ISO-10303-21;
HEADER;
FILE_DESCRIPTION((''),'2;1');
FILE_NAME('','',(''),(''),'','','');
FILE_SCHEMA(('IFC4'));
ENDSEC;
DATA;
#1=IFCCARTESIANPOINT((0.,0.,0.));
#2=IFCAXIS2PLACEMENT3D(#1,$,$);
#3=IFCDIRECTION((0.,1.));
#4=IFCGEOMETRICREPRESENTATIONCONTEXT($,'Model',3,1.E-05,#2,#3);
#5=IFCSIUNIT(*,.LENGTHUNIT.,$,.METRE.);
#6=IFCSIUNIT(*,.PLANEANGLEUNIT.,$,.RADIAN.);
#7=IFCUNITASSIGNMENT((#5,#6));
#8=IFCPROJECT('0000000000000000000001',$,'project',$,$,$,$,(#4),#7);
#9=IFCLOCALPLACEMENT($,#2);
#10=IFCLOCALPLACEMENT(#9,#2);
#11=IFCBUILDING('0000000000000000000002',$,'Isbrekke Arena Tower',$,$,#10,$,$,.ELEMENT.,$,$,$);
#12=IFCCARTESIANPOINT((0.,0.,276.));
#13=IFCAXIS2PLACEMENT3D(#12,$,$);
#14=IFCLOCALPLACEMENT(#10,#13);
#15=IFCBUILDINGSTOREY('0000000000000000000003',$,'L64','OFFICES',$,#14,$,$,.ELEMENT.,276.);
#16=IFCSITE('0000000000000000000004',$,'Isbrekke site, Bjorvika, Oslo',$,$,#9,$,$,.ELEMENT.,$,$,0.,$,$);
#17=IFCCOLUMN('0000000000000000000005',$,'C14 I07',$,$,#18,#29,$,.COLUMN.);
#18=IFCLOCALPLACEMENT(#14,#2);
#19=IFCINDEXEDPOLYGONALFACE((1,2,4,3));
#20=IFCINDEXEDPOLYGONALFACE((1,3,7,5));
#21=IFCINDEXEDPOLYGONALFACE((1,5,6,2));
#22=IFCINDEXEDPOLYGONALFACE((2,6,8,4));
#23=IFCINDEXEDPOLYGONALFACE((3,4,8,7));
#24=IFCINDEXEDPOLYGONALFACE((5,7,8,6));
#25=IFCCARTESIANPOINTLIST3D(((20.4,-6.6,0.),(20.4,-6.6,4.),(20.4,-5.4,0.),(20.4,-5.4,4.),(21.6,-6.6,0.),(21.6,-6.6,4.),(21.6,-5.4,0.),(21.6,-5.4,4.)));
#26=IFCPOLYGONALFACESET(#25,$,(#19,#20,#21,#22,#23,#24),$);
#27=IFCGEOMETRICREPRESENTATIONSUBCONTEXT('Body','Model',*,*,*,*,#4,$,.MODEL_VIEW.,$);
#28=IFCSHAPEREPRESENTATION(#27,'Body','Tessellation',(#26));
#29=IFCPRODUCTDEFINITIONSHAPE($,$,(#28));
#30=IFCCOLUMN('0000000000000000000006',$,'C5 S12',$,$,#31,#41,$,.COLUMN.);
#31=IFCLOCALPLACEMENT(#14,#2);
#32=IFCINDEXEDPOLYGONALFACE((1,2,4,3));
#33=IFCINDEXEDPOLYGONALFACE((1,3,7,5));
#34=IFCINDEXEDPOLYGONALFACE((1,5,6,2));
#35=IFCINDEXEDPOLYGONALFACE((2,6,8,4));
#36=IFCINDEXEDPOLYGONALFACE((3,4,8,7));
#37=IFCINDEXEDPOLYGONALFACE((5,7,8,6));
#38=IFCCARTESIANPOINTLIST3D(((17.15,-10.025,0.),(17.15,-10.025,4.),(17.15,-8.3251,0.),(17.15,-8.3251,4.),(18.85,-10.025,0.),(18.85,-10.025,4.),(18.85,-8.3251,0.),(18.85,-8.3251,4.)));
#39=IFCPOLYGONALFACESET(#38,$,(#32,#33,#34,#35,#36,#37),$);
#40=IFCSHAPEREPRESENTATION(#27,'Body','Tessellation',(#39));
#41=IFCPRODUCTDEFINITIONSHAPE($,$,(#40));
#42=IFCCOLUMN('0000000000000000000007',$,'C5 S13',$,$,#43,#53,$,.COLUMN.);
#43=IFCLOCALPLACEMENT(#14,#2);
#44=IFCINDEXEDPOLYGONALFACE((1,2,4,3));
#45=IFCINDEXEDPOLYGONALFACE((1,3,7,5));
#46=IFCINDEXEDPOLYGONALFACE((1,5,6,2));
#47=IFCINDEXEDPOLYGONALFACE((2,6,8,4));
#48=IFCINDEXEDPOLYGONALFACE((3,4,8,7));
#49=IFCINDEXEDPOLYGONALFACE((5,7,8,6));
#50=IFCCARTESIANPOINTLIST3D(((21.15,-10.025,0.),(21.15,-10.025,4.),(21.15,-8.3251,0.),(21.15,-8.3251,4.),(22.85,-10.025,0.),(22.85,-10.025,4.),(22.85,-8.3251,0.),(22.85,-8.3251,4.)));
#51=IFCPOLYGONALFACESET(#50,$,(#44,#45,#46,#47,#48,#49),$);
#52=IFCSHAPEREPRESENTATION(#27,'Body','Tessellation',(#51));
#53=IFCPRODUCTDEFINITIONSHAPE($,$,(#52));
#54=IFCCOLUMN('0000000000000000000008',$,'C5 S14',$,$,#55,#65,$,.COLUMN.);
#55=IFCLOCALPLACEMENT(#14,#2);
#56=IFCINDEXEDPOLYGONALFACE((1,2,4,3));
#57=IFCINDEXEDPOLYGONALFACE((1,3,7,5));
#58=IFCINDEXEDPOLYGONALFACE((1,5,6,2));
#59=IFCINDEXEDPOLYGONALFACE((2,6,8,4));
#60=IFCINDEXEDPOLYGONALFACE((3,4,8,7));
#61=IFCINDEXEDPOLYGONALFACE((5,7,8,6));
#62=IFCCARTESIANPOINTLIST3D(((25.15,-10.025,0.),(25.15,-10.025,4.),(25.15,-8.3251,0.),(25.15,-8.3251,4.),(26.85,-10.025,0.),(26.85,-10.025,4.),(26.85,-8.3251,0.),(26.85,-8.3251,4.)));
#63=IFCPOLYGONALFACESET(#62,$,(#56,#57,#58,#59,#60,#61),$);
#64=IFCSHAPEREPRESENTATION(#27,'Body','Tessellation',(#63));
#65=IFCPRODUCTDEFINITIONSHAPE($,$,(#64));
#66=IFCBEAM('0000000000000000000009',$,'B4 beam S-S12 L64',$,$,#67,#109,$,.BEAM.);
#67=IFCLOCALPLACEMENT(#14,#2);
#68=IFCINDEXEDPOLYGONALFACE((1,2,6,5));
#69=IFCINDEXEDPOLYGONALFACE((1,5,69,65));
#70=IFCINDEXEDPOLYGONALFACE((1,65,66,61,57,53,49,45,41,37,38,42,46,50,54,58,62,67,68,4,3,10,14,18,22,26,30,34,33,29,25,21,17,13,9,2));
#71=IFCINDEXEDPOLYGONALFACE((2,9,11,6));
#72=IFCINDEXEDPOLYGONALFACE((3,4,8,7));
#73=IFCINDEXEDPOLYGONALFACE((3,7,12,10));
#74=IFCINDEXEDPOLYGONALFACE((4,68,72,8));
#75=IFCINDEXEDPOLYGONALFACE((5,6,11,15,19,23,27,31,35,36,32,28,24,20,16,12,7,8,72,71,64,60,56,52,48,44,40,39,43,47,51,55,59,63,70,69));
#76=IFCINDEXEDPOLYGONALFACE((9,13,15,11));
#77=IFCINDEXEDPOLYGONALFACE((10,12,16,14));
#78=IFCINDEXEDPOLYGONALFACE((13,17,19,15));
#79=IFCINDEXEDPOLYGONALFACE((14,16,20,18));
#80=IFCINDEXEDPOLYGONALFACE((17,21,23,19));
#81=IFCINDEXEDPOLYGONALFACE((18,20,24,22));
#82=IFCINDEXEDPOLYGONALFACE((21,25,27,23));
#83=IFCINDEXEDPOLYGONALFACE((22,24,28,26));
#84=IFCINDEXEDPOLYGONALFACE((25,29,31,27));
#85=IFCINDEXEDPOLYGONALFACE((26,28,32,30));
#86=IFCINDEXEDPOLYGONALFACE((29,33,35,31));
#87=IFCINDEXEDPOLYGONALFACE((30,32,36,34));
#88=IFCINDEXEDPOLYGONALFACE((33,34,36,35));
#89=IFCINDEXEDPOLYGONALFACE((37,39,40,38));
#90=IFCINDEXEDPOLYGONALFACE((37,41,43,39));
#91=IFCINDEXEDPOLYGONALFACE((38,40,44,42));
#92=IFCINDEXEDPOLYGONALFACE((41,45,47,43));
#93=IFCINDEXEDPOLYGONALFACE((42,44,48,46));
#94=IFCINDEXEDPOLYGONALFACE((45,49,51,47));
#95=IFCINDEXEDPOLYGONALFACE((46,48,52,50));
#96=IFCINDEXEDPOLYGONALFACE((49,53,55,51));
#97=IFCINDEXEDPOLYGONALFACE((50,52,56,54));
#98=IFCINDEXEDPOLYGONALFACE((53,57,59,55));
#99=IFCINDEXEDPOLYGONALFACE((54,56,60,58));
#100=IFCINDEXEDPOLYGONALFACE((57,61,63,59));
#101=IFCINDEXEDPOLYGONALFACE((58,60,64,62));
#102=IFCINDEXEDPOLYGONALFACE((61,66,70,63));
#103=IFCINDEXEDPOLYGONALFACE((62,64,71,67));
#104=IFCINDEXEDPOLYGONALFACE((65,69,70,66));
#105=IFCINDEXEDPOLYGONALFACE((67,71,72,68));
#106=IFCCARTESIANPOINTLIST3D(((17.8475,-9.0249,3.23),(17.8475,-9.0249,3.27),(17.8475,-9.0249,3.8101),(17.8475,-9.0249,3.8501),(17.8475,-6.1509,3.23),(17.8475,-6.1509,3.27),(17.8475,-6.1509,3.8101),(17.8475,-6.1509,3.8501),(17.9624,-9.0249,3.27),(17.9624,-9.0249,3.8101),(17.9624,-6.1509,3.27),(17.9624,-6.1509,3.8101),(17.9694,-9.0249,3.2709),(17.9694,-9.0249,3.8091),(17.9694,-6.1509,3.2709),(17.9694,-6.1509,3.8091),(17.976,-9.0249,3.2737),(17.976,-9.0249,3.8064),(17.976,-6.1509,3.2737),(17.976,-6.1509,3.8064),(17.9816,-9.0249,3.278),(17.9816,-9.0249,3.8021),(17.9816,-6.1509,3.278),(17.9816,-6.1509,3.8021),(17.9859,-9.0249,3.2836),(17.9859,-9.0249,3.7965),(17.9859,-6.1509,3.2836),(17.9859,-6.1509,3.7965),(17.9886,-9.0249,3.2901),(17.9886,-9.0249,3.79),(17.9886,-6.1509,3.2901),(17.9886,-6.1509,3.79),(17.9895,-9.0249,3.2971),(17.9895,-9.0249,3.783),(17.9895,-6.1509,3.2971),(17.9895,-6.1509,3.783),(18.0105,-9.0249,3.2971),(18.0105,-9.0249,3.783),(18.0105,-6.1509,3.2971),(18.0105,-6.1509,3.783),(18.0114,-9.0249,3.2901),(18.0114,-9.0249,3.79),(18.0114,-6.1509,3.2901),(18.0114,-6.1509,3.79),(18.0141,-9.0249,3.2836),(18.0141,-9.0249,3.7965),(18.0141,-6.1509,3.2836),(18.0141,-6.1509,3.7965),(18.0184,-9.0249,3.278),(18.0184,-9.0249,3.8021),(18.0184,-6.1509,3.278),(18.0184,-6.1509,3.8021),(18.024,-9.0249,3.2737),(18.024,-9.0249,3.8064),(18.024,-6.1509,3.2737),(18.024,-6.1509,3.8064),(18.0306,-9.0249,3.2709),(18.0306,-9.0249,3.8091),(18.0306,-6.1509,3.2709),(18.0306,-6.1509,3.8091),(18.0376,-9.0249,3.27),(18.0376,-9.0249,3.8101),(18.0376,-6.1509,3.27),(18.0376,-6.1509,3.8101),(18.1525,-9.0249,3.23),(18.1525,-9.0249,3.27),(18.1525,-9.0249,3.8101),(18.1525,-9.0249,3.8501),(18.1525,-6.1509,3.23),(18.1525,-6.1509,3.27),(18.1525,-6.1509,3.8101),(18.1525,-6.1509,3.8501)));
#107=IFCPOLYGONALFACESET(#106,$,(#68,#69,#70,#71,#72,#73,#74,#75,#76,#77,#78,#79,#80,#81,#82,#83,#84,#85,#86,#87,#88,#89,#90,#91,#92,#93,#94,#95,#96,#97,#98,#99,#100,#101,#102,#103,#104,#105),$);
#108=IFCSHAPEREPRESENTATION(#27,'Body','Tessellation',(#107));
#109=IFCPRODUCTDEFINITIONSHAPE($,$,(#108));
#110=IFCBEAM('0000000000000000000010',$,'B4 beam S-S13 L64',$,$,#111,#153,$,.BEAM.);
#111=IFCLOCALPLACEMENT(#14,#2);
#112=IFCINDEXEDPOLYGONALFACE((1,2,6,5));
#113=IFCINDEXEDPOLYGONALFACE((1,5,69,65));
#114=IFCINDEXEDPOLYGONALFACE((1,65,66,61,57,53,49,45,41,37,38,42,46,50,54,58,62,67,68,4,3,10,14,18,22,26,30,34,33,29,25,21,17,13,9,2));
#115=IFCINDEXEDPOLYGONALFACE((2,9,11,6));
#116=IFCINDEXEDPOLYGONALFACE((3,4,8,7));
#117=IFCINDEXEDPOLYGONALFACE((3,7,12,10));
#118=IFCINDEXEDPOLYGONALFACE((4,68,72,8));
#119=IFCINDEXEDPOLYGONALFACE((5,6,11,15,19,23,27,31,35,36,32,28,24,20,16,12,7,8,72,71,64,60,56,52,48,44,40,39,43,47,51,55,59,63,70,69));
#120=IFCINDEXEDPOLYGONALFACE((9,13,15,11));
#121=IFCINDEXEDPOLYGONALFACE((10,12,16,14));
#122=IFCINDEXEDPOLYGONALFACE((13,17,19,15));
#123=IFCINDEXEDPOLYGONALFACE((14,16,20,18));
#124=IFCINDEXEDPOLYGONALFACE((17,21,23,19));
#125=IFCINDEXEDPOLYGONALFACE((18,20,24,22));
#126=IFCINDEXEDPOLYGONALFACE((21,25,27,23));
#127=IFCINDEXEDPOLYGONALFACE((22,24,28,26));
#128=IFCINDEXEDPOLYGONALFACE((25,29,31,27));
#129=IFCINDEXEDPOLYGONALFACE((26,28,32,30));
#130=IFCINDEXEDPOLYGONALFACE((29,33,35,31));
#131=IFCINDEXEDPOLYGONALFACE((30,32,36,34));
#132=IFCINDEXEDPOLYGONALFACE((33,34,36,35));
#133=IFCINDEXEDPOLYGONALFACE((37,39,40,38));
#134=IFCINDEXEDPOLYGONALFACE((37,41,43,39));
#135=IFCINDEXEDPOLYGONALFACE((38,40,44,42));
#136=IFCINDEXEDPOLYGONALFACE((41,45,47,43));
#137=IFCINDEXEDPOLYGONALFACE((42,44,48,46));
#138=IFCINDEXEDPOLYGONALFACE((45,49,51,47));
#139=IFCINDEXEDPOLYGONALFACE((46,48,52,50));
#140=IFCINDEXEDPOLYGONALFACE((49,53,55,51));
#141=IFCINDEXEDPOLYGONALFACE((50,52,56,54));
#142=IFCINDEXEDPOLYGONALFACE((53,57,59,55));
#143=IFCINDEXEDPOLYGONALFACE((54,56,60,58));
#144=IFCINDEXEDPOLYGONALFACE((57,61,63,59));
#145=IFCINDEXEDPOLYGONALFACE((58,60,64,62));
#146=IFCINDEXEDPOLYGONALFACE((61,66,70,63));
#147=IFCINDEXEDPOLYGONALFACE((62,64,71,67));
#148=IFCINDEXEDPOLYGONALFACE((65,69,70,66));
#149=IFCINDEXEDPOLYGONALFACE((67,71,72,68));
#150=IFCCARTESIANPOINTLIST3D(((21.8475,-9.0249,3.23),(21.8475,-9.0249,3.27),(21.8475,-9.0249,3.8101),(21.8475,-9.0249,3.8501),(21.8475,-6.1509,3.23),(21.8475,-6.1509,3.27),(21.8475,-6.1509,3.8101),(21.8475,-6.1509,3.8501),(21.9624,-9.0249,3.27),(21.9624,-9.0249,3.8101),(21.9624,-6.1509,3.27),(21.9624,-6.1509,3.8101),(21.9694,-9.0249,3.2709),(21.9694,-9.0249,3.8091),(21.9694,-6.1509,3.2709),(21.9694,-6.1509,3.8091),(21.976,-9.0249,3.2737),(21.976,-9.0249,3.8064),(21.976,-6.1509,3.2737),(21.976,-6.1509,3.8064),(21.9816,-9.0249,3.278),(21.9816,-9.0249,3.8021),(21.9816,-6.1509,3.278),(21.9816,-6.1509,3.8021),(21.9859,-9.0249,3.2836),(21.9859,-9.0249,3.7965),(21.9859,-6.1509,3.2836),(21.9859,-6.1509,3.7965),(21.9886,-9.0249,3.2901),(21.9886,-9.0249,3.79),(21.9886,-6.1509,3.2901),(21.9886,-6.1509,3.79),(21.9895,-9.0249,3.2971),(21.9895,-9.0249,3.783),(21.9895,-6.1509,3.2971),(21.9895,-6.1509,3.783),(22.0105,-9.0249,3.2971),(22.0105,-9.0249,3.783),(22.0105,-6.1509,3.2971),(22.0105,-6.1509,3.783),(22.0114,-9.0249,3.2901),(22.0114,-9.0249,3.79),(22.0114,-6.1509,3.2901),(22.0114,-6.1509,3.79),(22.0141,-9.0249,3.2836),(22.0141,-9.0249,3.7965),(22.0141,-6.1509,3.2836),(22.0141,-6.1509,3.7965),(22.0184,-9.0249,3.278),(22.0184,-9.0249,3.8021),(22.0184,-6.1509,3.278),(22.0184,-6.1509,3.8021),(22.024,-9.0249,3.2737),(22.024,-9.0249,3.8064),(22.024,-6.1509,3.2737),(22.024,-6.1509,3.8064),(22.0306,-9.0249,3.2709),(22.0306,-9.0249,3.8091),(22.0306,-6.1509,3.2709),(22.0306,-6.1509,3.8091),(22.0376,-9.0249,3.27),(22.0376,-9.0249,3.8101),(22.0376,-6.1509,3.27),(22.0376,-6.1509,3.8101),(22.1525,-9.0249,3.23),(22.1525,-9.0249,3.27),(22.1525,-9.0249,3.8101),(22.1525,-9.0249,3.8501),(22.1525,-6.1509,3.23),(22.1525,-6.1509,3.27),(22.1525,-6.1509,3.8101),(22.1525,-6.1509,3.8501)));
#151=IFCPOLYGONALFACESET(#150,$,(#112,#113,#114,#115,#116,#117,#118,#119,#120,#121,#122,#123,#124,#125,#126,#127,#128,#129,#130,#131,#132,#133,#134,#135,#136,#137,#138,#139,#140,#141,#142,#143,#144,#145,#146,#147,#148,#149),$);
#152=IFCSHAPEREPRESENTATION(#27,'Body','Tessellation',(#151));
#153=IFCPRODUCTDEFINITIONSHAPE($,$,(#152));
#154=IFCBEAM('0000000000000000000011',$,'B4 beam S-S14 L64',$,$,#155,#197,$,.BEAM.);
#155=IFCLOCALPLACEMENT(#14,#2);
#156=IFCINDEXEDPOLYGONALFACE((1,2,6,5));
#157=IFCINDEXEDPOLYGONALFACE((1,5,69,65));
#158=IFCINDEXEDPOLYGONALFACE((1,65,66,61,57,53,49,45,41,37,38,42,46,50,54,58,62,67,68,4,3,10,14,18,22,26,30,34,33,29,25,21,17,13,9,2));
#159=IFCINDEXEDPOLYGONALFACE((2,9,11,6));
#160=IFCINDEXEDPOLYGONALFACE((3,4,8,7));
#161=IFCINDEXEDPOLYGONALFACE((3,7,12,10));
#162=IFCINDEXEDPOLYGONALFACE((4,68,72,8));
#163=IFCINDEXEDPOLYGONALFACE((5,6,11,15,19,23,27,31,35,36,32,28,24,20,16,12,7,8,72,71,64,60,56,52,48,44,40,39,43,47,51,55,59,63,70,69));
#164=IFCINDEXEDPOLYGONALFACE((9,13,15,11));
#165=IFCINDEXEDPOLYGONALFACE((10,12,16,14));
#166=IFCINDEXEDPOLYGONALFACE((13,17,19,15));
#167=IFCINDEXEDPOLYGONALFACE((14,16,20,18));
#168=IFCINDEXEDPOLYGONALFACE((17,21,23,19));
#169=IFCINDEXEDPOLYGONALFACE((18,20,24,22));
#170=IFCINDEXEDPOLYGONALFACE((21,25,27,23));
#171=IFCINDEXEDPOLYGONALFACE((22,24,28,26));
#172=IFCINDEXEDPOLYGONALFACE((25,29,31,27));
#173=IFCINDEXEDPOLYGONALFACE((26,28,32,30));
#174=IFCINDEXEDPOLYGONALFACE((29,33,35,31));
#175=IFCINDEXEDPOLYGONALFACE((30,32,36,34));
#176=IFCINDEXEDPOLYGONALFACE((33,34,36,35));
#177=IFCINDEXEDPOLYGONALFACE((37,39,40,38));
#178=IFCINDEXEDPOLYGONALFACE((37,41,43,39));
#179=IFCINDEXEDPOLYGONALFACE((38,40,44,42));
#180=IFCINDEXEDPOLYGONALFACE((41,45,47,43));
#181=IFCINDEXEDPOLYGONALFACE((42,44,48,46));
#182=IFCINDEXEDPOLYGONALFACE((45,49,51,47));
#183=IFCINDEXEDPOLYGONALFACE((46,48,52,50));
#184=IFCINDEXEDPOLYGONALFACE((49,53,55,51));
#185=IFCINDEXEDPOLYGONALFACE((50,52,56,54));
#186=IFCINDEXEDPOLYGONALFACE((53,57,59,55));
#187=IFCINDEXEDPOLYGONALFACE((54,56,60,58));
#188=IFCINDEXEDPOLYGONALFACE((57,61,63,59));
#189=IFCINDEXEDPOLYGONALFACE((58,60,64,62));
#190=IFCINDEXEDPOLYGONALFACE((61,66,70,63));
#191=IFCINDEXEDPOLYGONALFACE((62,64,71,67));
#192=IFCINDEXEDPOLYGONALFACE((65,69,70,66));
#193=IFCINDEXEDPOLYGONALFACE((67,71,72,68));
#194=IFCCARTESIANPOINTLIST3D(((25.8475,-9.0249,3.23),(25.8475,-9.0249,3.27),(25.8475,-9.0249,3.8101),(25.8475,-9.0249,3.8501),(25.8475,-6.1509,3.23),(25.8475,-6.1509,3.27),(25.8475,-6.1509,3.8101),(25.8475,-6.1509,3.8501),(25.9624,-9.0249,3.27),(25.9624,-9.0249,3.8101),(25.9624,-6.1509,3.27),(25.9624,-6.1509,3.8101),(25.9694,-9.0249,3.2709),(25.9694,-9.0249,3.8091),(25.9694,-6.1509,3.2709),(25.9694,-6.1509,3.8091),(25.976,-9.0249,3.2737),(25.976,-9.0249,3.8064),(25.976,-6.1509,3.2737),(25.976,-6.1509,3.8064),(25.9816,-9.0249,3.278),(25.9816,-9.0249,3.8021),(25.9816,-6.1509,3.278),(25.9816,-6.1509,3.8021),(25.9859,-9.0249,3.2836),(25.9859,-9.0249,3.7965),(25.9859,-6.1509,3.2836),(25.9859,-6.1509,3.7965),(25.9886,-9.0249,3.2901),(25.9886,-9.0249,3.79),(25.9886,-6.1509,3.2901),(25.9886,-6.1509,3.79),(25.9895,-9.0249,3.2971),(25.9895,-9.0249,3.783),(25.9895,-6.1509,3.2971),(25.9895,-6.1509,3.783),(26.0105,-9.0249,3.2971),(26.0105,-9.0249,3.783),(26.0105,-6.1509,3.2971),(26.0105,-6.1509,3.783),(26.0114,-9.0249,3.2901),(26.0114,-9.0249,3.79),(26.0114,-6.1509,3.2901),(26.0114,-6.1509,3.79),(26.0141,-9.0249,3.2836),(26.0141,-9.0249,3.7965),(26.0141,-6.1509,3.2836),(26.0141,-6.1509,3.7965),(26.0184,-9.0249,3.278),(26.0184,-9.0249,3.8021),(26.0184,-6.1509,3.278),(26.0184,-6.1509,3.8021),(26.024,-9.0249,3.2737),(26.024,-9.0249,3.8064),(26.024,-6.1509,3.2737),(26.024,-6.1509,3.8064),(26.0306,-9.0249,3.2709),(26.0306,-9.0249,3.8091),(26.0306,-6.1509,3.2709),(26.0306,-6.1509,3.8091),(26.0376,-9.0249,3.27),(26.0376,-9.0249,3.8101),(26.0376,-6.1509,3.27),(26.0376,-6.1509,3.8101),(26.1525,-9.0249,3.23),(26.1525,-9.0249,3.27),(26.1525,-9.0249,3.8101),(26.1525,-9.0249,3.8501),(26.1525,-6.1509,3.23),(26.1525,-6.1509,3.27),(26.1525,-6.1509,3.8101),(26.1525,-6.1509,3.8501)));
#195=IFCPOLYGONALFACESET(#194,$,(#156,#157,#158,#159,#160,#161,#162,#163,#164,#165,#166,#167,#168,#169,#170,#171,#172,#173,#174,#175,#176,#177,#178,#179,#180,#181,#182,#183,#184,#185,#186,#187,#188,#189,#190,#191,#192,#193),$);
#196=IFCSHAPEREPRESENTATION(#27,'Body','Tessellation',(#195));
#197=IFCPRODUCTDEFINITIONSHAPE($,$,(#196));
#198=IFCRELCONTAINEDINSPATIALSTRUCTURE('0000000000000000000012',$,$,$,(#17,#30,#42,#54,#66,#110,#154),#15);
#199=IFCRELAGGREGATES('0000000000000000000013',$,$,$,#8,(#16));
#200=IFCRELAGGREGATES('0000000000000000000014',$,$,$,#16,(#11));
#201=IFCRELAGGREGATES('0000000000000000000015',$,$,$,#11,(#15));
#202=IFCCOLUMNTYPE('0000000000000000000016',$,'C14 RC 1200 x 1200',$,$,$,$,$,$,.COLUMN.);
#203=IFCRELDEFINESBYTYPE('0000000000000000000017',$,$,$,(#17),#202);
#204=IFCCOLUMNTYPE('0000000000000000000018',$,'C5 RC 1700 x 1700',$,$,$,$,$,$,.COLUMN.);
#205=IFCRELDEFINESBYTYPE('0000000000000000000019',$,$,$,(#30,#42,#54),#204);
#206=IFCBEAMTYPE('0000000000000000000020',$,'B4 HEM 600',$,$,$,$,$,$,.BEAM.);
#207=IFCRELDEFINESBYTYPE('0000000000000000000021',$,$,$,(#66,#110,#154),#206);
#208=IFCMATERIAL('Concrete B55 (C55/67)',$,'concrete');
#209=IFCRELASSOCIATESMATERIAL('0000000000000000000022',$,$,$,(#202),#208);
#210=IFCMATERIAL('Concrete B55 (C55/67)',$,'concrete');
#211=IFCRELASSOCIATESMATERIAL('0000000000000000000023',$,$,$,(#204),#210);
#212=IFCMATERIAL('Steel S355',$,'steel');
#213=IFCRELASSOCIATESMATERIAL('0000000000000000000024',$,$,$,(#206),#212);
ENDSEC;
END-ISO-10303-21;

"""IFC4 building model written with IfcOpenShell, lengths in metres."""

from ifc_helpers import new_model, si_unit, direction, frame, origin, origin_2d, place, context, subcontext, project, spatial, rectangle, i_section, extrude, material, material_profile, profile_set, type_object, element, save


model = new_model("IFC4")

# Units and contexts
model_context = context("Model", 3, precision=1e-05, world=origin(), true_north=direction((0.0, 1.0)))
body_context = subcontext(model_context, "Body", "Model", "MODEL_VIEW")
ifc_project = project(units=[si_unit("LENGTHUNIT", "METRE"), si_unit("PLANEANGLEUNIT", "RADIAN")], contexts=[model_context])

# Site, building, storey
site_placement = place(None, origin())
site = spatial("IfcSite", under=ifc_project, at=site_placement, Name="Isbrekke site, Bjorvika, Oslo", CompositionType="ELEMENT", RefElevation=0.0)
building_placement = place(site_placement, origin())
building = spatial("IfcBuilding", under=site, at=building_placement, Name="Isbrekke Arena Tower", CompositionType="ELEMENT")
storey_placement = place(building_placement, frame((0.0, 0.0, 276.0)))
storey = spatial("IfcBuildingStorey", under=building, at=storey_placement, Name="L64", Description="OFFICES", CompositionType="ELEMENT", Elevation=276.0)

# Columns
ifc_material_1 = material(Name="Concrete B55 (C55/67)", Category="concrete")
ifc_material_profile_1 = material_profile(ifc_material_1, rectangle(XDim=1.2, YDim=1.2, at=origin_2d()), Name="RC 1200x1200")
ifc_profile_set_1 = profile_set([ifc_material_profile_1], Name="Concrete B55 (C55/67)")
column_type_1 = type_object("IfcColumnType", Name="C14 RC 1200 x 1200", PredefinedType="COLUMN", material=ifc_profile_set_1)
column_placement = place(storey_placement, frame((21.0, -6.0, 0.0), z_axis=(0.0, 0.0, 1.0), x_axis=(1.0, 0.0, 0.0)))
element("IfcColumn", 1, at=column_placement, inside=storey, type_object=column_type_1, Name="C14 I07", PredefinedType="COLUMN", context=body_context, shape_type="SweptSolid", body=[
    extrude(rectangle(XDim=1.2, YDim=1.2, at=origin_2d()), origin(), (0.0, 0.0, 1.0), 4.0),
])
ifc_material_2 = material(Name="Concrete B55 (C55/67)", Category="concrete")
ifc_material_profile_2 = material_profile(ifc_material_2, rectangle(XDim=1.7, YDim=1.7, at=origin_2d()), Name="RC 1700x1700")
ifc_profile_set_2 = profile_set([ifc_material_profile_2], Name="Concrete B55 (C55/67)")
column_type_2 = type_object("IfcColumnType", Name="C5 RC 1700 x 1700", PredefinedType="COLUMN", material=ifc_profile_set_2)
for number, where, z_axis, x_axis, name in (
    (2, (18.0, -9.175, 0.0), (0.0, 0.0, 1.0), (1.0, 0.0, 0.0), "C5 S12"),
    (3, (22.0, -9.175, 0.0), (0.0, 0.0, 1.0), (1.0, 0.0, 0.0), "C5 S13"),
    (4, (26.0, -9.175, 0.0), (0.0, 0.0, 1.0), (1.0, 0.0, 0.0), "C5 S14"),
):
    element("IfcColumn", number, at=place(storey_placement, frame(where, z_axis=z_axis, x_axis=x_axis)), inside=storey, type_object=column_type_2, Name=name, PredefinedType="COLUMN", context=body_context, shape_type="SweptSolid", body=[
        extrude(rectangle(XDim=1.7, YDim=1.7, at=origin_2d()), origin(), (0.0, 0.0, 1.0), 4.0),
    ])

# Beams
ifc_material_3 = material(Name="Steel S355", Category="steel")
ifc_material_profile_3 = material_profile(ifc_material_3, i_section(OverallWidth=0.3049, OverallDepth=0.6201, WebThickness=0.021, FlangeThickness=0.04, FilletRadius=0.0271, at=origin_2d()), Name="HEM 600")
ifc_profile_set_3 = profile_set([ifc_material_profile_3], Name="Steel S355")
beam_type_1 = type_object("IfcBeamType", Name="B4 HEM 600", PredefinedType="BEAM", material=ifc_profile_set_3)
for number, where, z_axis, x_axis, name in (
    (5, (18.0, -9.0249, 3.54), (0.0, 1.0, 0.0), (-1.0, 0.0, 0.0), "B4 beam S-S12 L64"),
    (6, (22.0, -9.0249, 3.54), (0.0, 1.0, 0.0), (-1.0, 0.0, 0.0), "B4 beam S-S13 L64"),
    (7, (26.0, -9.0249, 3.54), (0.0, 1.0, 0.0), (-1.0, 0.0, 0.0), "B4 beam S-S14 L64"),
):
    element("IfcBeam", number, at=place(storey_placement, frame(where, z_axis=z_axis, x_axis=x_axis)), inside=storey, type_object=beam_type_1, Name=name, PredefinedType="BEAM", context=body_context, shape_type="SweptSolid", body=[
        extrude(i_section(OverallWidth=0.3049, OverallDepth=0.6201, WebThickness=0.021, FlangeThickness=0.04, FilletRadius=0.0271, at=origin_2d()), origin(), (0.0, 0.0, 1.0), 2.874),
    ])

save(model, "model.ifc")
